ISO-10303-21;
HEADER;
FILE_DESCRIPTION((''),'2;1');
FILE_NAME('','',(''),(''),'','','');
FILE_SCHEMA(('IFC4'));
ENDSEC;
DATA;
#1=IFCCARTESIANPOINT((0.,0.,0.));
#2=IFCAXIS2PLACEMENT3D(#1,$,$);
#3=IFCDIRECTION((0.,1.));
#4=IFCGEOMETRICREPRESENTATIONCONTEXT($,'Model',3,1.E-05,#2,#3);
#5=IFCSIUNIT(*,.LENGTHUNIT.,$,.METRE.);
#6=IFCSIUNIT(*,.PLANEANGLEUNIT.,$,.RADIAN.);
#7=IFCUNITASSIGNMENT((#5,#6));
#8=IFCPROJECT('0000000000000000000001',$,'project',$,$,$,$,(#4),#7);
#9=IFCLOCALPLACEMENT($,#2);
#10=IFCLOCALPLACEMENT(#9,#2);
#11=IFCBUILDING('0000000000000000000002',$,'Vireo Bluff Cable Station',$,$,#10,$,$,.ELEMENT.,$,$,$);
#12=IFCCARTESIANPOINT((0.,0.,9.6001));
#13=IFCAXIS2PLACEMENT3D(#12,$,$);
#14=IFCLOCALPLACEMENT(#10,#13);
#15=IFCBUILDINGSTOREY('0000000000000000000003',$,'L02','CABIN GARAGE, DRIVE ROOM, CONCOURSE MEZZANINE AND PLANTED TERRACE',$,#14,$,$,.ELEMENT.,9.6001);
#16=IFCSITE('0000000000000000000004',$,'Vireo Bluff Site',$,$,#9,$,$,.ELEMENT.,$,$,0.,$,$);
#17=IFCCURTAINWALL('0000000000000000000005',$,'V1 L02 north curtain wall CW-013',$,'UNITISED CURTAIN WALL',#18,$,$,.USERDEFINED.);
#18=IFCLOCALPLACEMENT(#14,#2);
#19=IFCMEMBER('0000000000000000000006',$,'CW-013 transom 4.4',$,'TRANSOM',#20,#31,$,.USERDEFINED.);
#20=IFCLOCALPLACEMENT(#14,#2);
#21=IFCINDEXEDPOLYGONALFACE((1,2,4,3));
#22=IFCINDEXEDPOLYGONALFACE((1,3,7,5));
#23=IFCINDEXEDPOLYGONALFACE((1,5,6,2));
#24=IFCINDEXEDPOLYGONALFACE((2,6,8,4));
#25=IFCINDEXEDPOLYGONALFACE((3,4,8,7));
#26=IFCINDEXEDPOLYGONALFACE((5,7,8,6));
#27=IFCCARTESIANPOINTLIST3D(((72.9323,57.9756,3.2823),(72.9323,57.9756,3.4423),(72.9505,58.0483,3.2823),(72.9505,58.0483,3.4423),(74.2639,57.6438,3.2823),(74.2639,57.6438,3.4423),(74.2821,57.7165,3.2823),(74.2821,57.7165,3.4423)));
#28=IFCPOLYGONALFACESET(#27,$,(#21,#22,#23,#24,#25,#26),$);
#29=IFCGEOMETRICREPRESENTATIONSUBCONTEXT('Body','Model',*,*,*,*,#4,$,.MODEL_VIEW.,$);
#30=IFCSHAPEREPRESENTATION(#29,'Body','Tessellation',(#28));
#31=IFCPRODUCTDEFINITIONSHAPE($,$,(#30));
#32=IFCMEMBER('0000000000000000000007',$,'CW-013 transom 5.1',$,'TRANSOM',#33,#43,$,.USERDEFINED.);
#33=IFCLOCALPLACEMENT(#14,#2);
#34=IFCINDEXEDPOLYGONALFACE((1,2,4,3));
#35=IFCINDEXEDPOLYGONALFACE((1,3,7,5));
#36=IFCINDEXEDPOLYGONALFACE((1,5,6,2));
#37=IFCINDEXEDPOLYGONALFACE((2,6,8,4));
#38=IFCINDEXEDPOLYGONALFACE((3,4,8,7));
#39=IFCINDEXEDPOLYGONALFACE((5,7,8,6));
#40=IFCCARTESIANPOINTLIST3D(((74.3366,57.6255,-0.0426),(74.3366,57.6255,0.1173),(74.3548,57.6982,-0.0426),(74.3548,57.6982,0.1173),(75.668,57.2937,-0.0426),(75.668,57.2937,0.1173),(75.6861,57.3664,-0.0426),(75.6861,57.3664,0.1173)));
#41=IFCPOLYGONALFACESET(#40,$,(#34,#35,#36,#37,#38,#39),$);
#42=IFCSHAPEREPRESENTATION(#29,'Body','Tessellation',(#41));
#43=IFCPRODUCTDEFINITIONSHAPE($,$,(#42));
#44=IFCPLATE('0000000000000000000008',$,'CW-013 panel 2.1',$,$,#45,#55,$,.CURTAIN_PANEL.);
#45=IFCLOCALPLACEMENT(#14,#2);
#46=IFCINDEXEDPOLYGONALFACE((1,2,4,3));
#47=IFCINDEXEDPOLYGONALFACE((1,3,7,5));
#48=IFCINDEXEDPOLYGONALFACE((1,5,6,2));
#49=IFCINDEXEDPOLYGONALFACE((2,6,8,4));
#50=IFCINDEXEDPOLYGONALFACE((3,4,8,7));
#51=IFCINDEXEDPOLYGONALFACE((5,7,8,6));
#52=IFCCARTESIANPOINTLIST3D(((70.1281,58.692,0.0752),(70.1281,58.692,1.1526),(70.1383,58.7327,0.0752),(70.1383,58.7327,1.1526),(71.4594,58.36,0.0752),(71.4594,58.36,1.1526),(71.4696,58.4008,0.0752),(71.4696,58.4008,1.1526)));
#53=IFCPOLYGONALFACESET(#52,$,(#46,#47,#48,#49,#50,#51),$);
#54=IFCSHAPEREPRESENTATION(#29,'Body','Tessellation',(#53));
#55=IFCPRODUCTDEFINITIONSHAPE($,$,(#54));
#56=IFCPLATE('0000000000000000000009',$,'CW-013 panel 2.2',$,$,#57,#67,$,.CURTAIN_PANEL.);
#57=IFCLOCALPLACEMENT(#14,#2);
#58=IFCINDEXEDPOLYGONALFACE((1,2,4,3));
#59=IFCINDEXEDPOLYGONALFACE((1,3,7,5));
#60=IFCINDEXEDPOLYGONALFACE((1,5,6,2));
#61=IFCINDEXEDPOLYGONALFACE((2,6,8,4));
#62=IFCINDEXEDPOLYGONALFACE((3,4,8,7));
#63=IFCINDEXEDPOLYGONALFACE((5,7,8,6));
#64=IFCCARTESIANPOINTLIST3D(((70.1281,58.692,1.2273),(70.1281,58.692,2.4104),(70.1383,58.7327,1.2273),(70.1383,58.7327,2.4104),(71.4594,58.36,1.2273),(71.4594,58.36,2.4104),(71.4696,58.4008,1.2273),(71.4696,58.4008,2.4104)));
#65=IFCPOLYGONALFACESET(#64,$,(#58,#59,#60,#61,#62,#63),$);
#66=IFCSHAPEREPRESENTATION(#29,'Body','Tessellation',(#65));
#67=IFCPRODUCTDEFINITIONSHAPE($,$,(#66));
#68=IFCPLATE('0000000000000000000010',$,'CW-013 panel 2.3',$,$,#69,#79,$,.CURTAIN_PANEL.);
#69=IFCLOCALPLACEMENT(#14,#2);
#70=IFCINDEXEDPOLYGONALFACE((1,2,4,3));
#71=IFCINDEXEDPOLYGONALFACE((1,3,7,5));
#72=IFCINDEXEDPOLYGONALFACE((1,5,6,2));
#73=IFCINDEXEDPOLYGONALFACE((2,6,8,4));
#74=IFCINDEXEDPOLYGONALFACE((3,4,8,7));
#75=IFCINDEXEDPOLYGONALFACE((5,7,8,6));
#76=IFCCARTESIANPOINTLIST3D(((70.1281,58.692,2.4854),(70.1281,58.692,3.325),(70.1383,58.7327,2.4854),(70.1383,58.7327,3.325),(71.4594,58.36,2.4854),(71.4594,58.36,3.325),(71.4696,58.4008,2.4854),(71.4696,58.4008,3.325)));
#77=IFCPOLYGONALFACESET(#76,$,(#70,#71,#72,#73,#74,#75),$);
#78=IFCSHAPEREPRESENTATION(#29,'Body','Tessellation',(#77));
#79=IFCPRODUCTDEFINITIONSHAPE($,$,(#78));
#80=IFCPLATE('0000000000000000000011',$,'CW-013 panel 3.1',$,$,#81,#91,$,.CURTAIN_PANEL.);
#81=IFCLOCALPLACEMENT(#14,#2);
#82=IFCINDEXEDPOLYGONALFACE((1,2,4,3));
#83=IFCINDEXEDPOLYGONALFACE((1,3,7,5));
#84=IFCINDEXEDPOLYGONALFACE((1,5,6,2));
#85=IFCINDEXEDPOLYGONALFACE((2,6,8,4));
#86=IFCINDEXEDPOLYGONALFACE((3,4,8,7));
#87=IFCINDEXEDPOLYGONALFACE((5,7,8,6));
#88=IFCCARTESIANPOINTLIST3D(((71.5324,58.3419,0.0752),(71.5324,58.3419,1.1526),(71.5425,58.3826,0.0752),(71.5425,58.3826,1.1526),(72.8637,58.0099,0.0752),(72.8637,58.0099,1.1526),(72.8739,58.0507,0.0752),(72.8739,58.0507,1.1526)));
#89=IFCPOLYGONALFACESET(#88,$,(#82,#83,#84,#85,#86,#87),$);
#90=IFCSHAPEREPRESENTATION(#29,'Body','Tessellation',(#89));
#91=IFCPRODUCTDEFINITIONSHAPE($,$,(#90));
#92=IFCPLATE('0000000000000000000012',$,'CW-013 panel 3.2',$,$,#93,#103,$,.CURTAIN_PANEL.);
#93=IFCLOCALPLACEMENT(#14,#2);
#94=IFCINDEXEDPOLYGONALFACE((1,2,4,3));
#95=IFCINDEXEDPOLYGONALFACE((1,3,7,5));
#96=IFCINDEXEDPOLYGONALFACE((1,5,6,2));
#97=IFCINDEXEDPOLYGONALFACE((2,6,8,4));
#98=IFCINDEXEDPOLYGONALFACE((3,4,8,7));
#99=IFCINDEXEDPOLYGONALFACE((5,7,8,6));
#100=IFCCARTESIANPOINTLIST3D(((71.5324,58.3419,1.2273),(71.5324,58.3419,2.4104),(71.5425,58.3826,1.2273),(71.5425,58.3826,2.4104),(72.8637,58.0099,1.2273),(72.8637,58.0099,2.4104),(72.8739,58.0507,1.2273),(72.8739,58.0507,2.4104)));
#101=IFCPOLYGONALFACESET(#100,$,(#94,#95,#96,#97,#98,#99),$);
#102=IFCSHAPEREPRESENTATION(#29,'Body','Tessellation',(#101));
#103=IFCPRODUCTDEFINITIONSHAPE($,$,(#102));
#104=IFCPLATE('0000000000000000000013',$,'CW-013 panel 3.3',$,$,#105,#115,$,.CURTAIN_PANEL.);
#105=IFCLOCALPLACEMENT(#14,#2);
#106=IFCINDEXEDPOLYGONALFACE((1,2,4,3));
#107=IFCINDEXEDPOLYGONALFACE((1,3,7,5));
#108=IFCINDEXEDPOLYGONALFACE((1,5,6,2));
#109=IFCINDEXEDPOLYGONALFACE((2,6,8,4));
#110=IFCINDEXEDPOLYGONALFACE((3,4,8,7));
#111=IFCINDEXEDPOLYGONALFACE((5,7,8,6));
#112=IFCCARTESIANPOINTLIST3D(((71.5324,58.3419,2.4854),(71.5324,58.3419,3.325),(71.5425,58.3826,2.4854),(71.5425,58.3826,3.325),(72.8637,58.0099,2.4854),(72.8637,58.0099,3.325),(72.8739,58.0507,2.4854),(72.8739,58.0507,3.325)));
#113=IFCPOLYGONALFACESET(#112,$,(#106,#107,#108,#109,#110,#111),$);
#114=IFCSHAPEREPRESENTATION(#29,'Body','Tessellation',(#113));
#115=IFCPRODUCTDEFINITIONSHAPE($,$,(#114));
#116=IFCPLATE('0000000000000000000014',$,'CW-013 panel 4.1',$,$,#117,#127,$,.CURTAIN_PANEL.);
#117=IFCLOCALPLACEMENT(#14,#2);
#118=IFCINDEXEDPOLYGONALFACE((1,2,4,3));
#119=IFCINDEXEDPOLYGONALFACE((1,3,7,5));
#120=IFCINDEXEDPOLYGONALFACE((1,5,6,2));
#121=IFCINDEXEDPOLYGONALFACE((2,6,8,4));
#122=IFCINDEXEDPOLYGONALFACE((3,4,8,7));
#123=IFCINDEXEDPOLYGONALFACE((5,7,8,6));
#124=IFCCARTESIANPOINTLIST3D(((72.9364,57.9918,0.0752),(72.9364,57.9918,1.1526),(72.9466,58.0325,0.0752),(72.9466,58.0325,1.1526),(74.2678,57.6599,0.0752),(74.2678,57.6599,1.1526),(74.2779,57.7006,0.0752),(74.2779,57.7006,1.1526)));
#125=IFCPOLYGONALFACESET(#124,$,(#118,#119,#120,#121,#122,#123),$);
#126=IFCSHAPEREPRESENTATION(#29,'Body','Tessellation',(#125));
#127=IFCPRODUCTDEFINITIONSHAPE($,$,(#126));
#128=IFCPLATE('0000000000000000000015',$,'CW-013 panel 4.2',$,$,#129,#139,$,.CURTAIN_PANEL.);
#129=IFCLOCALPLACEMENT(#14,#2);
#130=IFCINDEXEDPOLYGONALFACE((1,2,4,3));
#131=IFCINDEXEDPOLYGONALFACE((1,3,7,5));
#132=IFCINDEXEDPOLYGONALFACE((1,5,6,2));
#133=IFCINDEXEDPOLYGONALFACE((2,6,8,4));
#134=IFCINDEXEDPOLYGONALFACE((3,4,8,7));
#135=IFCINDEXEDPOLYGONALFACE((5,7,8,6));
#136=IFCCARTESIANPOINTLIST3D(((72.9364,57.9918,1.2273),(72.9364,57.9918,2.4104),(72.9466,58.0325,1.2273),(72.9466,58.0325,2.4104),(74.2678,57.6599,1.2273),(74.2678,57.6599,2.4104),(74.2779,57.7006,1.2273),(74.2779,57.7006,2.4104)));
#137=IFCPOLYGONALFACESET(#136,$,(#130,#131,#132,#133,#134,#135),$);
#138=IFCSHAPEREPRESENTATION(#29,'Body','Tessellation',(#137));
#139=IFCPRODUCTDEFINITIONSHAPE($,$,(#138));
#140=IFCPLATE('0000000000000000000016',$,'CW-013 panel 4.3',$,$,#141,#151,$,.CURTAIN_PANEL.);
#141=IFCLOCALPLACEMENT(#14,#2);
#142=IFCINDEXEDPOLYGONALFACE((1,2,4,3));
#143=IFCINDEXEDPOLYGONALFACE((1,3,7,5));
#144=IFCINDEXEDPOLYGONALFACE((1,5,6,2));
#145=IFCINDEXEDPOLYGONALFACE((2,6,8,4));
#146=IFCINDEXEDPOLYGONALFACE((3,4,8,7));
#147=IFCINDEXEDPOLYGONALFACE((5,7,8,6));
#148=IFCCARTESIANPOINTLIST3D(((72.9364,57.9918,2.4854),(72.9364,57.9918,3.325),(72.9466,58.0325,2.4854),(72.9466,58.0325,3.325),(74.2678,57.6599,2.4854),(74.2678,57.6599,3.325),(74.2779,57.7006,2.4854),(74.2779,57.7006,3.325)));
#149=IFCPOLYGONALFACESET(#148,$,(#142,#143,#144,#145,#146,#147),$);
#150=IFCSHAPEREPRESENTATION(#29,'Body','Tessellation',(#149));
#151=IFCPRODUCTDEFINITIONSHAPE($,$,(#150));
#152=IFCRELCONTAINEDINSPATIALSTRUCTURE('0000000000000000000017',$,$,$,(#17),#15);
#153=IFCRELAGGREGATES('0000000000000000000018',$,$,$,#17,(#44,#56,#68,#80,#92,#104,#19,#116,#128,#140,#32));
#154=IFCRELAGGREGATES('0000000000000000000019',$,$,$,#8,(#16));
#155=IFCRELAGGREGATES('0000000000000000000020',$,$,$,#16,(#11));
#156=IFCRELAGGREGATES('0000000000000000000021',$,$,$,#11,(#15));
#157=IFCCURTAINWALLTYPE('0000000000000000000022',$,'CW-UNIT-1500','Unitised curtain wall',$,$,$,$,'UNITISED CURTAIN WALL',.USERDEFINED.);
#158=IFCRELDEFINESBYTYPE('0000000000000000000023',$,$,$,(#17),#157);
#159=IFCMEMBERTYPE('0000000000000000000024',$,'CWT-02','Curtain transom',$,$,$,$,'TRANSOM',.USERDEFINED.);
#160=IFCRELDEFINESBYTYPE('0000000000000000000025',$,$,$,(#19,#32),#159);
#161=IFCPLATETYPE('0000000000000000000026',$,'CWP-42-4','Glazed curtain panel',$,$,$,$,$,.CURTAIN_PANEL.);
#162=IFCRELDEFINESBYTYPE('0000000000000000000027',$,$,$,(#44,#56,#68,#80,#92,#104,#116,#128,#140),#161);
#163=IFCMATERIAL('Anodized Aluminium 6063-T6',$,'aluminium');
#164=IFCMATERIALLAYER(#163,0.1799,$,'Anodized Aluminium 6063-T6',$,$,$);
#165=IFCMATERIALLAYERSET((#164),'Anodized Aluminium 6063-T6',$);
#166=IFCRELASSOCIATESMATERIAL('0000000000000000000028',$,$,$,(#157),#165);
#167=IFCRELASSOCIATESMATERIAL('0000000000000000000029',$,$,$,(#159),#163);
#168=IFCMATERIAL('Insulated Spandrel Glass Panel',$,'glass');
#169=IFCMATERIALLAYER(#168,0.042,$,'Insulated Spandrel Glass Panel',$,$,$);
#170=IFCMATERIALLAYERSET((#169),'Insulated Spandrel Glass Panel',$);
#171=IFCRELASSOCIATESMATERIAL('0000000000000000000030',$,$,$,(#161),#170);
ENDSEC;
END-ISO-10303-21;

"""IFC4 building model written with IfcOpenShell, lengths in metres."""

from ifc_helpers import new_model, si_unit, direction, frame, origin, origin_2d, place, context, subcontext, project, spatial, rectangle, extrude, material, layer, layer_set, material_profile, profile_set, type_object, element, aggregate, save


model = new_model("IFC4")

# Units and contexts
model_context = context("Model", 3, precision=1e-05, world=origin(), true_north=direction((0.0, 1.0)))
body_context = subcontext(model_context, "Body", "Model", "MODEL_VIEW")
ifc_project = project(units=[si_unit("LENGTHUNIT", "METRE"), si_unit("PLANEANGLEUNIT", "RADIAN")], contexts=[model_context])

# Site, building, storey
site_placement = place(None, origin())
site = spatial("IfcSite", under=ifc_project, at=site_placement, Name="Vireo Bluff Site", CompositionType="ELEMENT", RefElevation=0.0)
building_placement = place(site_placement, origin())
building = spatial("IfcBuilding", under=site, at=building_placement, Name="Vireo Bluff Cable Station", CompositionType="ELEMENT")
storey_placement = place(building_placement, frame((0.0, 0.0, 9.6001)))
storey = spatial("IfcBuildingStorey", under=building, at=storey_placement, Name="L02", Description="CABIN GARAGE, DRIVE ROOM, CONCOURSE MEZZANINE AND PLANTED TERRACE", CompositionType="ELEMENT", Elevation=9.6001)

# Curtain wall, members, plates
ifc_material_1 = material(Name="Anodized Aluminium 6063-T6", Category="aluminium")
ifc_layer_1 = layer(ifc_material_1, 0.1799, Name="Anodized Aluminium 6063-T6")
ifc_layer_set_1 = layer_set([ifc_layer_1], Name="Anodized Aluminium 6063-T6")
curtain_wall_type = type_object("IfcCurtainWallType", Name="CW-UNIT-1500", Description="Unitised curtain wall", ElementType="UNITISED CURTAIN WALL", PredefinedType="USERDEFINED", material=ifc_layer_set_1)
curtain_wall_placement = place(storey_placement, origin())
curtain_wall = element("IfcCurtainWall", 1, at=curtain_wall_placement, inside=storey, type_object=curtain_wall_type, Name="V1 L02 north curtain wall CW-013", ObjectType="UNITISED CURTAIN WALL", PredefinedType="USERDEFINED")
ifc_material_profile_1 = material_profile(ifc_material_1, rectangle(XDim=0.075, YDim=0.1599, at=origin_2d()), Name="ALU-T-75X160")
ifc_profile_set_1 = profile_set([ifc_material_profile_1], Name="Anodized Aluminium 6063-T6")
member_type_1 = type_object("IfcMemberType", Name="CWT-02", Description="Curtain transom", ElementType="TRANSOM", PredefinedType="USERDEFINED", material=ifc_profile_set_1)
member_1_placement = place(storey_placement, frame((72.9414, 58.012, 3.3623), z_axis=(0.970331, -0.241782, 0.0), x_axis=(0.241782, 0.970331, 0.0)))
member_1 = element("IfcMember", 2, at=member_1_placement, type_object=member_type_1, Name="CW-013 transom 4.4", ObjectType="TRANSOM", PredefinedType="USERDEFINED", context=body_context, shape_type="SweptSolid", body=[
    extrude(rectangle(XDim=0.075, YDim=0.1599, at=origin_2d()), origin(), (0.0, 0.0, 1.0), 1.3723),
])
member_2_placement = place(storey_placement, frame((74.3457, 57.6619, 0.0374), z_axis=(0.97032, -0.241824, 0.0), x_axis=(0.241824, 0.97032, 0.0)))
member_2 = element("IfcMember", 3, at=member_2_placement, type_object=member_type_1, Name="CW-013 transom 5.1", ObjectType="TRANSOM", PredefinedType="USERDEFINED", context=body_context, shape_type="SweptSolid", body=[
    extrude(rectangle(XDim=0.075, YDim=0.1599, at=origin_2d()), origin(), (0.0, 0.0, 1.0), 1.3721),
])
ifc_material_2 = material(Name="Insulated Spandrel Glass Panel", Category="glass")
ifc_layer_2 = layer(ifc_material_2, 0.042, Name="Insulated Spandrel Glass Panel")
ifc_layer_set_2 = layer_set([ifc_layer_2], Name="Insulated Spandrel Glass Panel")
plate_type = type_object("IfcPlateType", Name="CWP-42-4", Description="Glazed curtain panel", PredefinedType="CURTAIN_PANEL", material=ifc_layer_set_2)
plate_1_placement = place(storey_placement, frame((70.7988, 58.5464, 0.0752), z_axis=(0.0, 0.0, 1.0), x_axis=(0.970296, -0.241922, 0.0)))
plate_1 = element("IfcPlate", 4, at=plate_1_placement, type_object=plate_type, Name="CW-013 panel 2.1", PredefinedType="CURTAIN_PANEL", context=body_context, shape_type="SweptSolid", body=[
    extrude(rectangle(XDim=1.3721, YDim=0.042, at=origin_2d()), origin(), (0.0, 0.0, 1.0), 1.0774),
])
plate_2_placement = place(storey_placement, frame((70.7988, 58.5464, 1.2273), z_axis=(0.0, 0.0, 1.0), x_axis=(0.970296, -0.241922, 0.0)))
plate_2 = element("IfcPlate", 5, at=plate_2_placement, type_object=plate_type, Name="CW-013 panel 2.2", PredefinedType="CURTAIN_PANEL", context=body_context, shape_type="SweptSolid", body=[
    extrude(rectangle(XDim=1.3721, YDim=0.042, at=origin_2d()), origin(), (0.0, 0.0, 1.0), 1.1831),
])
plate_3_placement = place(storey_placement, frame((70.7988, 58.5464, 2.4854), z_axis=(0.0, 0.0, 1.0), x_axis=(0.970296, -0.241922, 0.0)))
plate_3 = element("IfcPlate", 6, at=plate_3_placement, type_object=plate_type, Name="CW-013 panel 2.3", PredefinedType="CURTAIN_PANEL", context=body_context, shape_type="SweptSolid", body=[
    extrude(rectangle(XDim=1.3721, YDim=0.042, at=origin_2d()), origin(), (0.0, 0.0, 1.0), 0.8396),
])
plate_4_placement = place(storey_placement, frame((72.2031, 58.1963, 0.0752), z_axis=(0.0, 0.0, 1.0), x_axis=(0.970296, -0.241922, 0.0)))
plate_4 = element("IfcPlate", 7, at=plate_4_placement, type_object=plate_type, Name="CW-013 panel 3.1", PredefinedType="CURTAIN_PANEL", context=body_context, shape_type="SweptSolid", body=[
    extrude(rectangle(XDim=1.3721, YDim=0.042, at=origin_2d()), origin(), (0.0, 0.0, 1.0), 1.0774),
])
plate_5_placement = place(storey_placement, frame((72.2031, 58.1963, 1.2273), z_axis=(0.0, 0.0, 1.0), x_axis=(0.970296, -0.241922, 0.0)))
plate_5 = element("IfcPlate", 8, at=plate_5_placement, type_object=plate_type, Name="CW-013 panel 3.2", PredefinedType="CURTAIN_PANEL", context=body_context, shape_type="SweptSolid", body=[
    extrude(rectangle(XDim=1.3721, YDim=0.042, at=origin_2d()), origin(), (0.0, 0.0, 1.0), 1.1831),
])
plate_6_placement = place(storey_placement, frame((72.2031, 58.1963, 2.4854), z_axis=(0.0, 0.0, 1.0), x_axis=(0.970296, -0.241922, 0.0)))
plate_6 = element("IfcPlate", 9, at=plate_6_placement, type_object=plate_type, Name="CW-013 panel 3.3", PredefinedType="CURTAIN_PANEL", context=body_context, shape_type="SweptSolid", body=[
    extrude(rectangle(XDim=1.3721, YDim=0.042, at=origin_2d()), origin(), (0.0, 0.0, 1.0), 0.8396),
])
plate_7_placement = place(storey_placement, frame((73.6072, 57.8462, 0.0752), z_axis=(0.0, 0.0, 1.0), x_axis=(0.970296, -0.241922, 0.0)))
plate_7 = element("IfcPlate", 10, at=plate_7_placement, type_object=plate_type, Name="CW-013 panel 4.1", PredefinedType="CURTAIN_PANEL", context=body_context, shape_type="SweptSolid", body=[
    extrude(rectangle(XDim=1.3721, YDim=0.042, at=origin_2d()), origin(), (0.0, 0.0, 1.0), 1.0774),
])
plate_8_placement = place(storey_placement, frame((73.6072, 57.8462, 1.2273), z_axis=(0.0, 0.0, 1.0), x_axis=(0.970296, -0.241922, 0.0)))
plate_8 = element("IfcPlate", 11, at=plate_8_placement, type_object=plate_type, Name="CW-013 panel 4.2", PredefinedType="CURTAIN_PANEL", context=body_context, shape_type="SweptSolid", body=[
    extrude(rectangle(XDim=1.3721, YDim=0.042, at=origin_2d()), origin(), (0.0, 0.0, 1.0), 1.1831),
])
plate_9_placement = place(storey_placement, frame((73.6072, 57.8462, 2.4854), z_axis=(0.0, 0.0, 1.0), x_axis=(0.970296, -0.241922, 0.0)))
plate_9 = element("IfcPlate", 12, at=plate_9_placement, type_object=plate_type, Name="CW-013 panel 4.3", PredefinedType="CURTAIN_PANEL", context=body_context, shape_type="SweptSolid", body=[
    extrude(rectangle(XDim=1.3721, YDim=0.042, at=origin_2d()), origin(), (0.0, 0.0, 1.0), 0.8396),
])
aggregate(curtain_wall, [plate_1, plate_2, plate_3, plate_4, plate_5, plate_6, member_1, plate_7, plate_8, plate_9, member_2])

save(model, "model.ifc")
